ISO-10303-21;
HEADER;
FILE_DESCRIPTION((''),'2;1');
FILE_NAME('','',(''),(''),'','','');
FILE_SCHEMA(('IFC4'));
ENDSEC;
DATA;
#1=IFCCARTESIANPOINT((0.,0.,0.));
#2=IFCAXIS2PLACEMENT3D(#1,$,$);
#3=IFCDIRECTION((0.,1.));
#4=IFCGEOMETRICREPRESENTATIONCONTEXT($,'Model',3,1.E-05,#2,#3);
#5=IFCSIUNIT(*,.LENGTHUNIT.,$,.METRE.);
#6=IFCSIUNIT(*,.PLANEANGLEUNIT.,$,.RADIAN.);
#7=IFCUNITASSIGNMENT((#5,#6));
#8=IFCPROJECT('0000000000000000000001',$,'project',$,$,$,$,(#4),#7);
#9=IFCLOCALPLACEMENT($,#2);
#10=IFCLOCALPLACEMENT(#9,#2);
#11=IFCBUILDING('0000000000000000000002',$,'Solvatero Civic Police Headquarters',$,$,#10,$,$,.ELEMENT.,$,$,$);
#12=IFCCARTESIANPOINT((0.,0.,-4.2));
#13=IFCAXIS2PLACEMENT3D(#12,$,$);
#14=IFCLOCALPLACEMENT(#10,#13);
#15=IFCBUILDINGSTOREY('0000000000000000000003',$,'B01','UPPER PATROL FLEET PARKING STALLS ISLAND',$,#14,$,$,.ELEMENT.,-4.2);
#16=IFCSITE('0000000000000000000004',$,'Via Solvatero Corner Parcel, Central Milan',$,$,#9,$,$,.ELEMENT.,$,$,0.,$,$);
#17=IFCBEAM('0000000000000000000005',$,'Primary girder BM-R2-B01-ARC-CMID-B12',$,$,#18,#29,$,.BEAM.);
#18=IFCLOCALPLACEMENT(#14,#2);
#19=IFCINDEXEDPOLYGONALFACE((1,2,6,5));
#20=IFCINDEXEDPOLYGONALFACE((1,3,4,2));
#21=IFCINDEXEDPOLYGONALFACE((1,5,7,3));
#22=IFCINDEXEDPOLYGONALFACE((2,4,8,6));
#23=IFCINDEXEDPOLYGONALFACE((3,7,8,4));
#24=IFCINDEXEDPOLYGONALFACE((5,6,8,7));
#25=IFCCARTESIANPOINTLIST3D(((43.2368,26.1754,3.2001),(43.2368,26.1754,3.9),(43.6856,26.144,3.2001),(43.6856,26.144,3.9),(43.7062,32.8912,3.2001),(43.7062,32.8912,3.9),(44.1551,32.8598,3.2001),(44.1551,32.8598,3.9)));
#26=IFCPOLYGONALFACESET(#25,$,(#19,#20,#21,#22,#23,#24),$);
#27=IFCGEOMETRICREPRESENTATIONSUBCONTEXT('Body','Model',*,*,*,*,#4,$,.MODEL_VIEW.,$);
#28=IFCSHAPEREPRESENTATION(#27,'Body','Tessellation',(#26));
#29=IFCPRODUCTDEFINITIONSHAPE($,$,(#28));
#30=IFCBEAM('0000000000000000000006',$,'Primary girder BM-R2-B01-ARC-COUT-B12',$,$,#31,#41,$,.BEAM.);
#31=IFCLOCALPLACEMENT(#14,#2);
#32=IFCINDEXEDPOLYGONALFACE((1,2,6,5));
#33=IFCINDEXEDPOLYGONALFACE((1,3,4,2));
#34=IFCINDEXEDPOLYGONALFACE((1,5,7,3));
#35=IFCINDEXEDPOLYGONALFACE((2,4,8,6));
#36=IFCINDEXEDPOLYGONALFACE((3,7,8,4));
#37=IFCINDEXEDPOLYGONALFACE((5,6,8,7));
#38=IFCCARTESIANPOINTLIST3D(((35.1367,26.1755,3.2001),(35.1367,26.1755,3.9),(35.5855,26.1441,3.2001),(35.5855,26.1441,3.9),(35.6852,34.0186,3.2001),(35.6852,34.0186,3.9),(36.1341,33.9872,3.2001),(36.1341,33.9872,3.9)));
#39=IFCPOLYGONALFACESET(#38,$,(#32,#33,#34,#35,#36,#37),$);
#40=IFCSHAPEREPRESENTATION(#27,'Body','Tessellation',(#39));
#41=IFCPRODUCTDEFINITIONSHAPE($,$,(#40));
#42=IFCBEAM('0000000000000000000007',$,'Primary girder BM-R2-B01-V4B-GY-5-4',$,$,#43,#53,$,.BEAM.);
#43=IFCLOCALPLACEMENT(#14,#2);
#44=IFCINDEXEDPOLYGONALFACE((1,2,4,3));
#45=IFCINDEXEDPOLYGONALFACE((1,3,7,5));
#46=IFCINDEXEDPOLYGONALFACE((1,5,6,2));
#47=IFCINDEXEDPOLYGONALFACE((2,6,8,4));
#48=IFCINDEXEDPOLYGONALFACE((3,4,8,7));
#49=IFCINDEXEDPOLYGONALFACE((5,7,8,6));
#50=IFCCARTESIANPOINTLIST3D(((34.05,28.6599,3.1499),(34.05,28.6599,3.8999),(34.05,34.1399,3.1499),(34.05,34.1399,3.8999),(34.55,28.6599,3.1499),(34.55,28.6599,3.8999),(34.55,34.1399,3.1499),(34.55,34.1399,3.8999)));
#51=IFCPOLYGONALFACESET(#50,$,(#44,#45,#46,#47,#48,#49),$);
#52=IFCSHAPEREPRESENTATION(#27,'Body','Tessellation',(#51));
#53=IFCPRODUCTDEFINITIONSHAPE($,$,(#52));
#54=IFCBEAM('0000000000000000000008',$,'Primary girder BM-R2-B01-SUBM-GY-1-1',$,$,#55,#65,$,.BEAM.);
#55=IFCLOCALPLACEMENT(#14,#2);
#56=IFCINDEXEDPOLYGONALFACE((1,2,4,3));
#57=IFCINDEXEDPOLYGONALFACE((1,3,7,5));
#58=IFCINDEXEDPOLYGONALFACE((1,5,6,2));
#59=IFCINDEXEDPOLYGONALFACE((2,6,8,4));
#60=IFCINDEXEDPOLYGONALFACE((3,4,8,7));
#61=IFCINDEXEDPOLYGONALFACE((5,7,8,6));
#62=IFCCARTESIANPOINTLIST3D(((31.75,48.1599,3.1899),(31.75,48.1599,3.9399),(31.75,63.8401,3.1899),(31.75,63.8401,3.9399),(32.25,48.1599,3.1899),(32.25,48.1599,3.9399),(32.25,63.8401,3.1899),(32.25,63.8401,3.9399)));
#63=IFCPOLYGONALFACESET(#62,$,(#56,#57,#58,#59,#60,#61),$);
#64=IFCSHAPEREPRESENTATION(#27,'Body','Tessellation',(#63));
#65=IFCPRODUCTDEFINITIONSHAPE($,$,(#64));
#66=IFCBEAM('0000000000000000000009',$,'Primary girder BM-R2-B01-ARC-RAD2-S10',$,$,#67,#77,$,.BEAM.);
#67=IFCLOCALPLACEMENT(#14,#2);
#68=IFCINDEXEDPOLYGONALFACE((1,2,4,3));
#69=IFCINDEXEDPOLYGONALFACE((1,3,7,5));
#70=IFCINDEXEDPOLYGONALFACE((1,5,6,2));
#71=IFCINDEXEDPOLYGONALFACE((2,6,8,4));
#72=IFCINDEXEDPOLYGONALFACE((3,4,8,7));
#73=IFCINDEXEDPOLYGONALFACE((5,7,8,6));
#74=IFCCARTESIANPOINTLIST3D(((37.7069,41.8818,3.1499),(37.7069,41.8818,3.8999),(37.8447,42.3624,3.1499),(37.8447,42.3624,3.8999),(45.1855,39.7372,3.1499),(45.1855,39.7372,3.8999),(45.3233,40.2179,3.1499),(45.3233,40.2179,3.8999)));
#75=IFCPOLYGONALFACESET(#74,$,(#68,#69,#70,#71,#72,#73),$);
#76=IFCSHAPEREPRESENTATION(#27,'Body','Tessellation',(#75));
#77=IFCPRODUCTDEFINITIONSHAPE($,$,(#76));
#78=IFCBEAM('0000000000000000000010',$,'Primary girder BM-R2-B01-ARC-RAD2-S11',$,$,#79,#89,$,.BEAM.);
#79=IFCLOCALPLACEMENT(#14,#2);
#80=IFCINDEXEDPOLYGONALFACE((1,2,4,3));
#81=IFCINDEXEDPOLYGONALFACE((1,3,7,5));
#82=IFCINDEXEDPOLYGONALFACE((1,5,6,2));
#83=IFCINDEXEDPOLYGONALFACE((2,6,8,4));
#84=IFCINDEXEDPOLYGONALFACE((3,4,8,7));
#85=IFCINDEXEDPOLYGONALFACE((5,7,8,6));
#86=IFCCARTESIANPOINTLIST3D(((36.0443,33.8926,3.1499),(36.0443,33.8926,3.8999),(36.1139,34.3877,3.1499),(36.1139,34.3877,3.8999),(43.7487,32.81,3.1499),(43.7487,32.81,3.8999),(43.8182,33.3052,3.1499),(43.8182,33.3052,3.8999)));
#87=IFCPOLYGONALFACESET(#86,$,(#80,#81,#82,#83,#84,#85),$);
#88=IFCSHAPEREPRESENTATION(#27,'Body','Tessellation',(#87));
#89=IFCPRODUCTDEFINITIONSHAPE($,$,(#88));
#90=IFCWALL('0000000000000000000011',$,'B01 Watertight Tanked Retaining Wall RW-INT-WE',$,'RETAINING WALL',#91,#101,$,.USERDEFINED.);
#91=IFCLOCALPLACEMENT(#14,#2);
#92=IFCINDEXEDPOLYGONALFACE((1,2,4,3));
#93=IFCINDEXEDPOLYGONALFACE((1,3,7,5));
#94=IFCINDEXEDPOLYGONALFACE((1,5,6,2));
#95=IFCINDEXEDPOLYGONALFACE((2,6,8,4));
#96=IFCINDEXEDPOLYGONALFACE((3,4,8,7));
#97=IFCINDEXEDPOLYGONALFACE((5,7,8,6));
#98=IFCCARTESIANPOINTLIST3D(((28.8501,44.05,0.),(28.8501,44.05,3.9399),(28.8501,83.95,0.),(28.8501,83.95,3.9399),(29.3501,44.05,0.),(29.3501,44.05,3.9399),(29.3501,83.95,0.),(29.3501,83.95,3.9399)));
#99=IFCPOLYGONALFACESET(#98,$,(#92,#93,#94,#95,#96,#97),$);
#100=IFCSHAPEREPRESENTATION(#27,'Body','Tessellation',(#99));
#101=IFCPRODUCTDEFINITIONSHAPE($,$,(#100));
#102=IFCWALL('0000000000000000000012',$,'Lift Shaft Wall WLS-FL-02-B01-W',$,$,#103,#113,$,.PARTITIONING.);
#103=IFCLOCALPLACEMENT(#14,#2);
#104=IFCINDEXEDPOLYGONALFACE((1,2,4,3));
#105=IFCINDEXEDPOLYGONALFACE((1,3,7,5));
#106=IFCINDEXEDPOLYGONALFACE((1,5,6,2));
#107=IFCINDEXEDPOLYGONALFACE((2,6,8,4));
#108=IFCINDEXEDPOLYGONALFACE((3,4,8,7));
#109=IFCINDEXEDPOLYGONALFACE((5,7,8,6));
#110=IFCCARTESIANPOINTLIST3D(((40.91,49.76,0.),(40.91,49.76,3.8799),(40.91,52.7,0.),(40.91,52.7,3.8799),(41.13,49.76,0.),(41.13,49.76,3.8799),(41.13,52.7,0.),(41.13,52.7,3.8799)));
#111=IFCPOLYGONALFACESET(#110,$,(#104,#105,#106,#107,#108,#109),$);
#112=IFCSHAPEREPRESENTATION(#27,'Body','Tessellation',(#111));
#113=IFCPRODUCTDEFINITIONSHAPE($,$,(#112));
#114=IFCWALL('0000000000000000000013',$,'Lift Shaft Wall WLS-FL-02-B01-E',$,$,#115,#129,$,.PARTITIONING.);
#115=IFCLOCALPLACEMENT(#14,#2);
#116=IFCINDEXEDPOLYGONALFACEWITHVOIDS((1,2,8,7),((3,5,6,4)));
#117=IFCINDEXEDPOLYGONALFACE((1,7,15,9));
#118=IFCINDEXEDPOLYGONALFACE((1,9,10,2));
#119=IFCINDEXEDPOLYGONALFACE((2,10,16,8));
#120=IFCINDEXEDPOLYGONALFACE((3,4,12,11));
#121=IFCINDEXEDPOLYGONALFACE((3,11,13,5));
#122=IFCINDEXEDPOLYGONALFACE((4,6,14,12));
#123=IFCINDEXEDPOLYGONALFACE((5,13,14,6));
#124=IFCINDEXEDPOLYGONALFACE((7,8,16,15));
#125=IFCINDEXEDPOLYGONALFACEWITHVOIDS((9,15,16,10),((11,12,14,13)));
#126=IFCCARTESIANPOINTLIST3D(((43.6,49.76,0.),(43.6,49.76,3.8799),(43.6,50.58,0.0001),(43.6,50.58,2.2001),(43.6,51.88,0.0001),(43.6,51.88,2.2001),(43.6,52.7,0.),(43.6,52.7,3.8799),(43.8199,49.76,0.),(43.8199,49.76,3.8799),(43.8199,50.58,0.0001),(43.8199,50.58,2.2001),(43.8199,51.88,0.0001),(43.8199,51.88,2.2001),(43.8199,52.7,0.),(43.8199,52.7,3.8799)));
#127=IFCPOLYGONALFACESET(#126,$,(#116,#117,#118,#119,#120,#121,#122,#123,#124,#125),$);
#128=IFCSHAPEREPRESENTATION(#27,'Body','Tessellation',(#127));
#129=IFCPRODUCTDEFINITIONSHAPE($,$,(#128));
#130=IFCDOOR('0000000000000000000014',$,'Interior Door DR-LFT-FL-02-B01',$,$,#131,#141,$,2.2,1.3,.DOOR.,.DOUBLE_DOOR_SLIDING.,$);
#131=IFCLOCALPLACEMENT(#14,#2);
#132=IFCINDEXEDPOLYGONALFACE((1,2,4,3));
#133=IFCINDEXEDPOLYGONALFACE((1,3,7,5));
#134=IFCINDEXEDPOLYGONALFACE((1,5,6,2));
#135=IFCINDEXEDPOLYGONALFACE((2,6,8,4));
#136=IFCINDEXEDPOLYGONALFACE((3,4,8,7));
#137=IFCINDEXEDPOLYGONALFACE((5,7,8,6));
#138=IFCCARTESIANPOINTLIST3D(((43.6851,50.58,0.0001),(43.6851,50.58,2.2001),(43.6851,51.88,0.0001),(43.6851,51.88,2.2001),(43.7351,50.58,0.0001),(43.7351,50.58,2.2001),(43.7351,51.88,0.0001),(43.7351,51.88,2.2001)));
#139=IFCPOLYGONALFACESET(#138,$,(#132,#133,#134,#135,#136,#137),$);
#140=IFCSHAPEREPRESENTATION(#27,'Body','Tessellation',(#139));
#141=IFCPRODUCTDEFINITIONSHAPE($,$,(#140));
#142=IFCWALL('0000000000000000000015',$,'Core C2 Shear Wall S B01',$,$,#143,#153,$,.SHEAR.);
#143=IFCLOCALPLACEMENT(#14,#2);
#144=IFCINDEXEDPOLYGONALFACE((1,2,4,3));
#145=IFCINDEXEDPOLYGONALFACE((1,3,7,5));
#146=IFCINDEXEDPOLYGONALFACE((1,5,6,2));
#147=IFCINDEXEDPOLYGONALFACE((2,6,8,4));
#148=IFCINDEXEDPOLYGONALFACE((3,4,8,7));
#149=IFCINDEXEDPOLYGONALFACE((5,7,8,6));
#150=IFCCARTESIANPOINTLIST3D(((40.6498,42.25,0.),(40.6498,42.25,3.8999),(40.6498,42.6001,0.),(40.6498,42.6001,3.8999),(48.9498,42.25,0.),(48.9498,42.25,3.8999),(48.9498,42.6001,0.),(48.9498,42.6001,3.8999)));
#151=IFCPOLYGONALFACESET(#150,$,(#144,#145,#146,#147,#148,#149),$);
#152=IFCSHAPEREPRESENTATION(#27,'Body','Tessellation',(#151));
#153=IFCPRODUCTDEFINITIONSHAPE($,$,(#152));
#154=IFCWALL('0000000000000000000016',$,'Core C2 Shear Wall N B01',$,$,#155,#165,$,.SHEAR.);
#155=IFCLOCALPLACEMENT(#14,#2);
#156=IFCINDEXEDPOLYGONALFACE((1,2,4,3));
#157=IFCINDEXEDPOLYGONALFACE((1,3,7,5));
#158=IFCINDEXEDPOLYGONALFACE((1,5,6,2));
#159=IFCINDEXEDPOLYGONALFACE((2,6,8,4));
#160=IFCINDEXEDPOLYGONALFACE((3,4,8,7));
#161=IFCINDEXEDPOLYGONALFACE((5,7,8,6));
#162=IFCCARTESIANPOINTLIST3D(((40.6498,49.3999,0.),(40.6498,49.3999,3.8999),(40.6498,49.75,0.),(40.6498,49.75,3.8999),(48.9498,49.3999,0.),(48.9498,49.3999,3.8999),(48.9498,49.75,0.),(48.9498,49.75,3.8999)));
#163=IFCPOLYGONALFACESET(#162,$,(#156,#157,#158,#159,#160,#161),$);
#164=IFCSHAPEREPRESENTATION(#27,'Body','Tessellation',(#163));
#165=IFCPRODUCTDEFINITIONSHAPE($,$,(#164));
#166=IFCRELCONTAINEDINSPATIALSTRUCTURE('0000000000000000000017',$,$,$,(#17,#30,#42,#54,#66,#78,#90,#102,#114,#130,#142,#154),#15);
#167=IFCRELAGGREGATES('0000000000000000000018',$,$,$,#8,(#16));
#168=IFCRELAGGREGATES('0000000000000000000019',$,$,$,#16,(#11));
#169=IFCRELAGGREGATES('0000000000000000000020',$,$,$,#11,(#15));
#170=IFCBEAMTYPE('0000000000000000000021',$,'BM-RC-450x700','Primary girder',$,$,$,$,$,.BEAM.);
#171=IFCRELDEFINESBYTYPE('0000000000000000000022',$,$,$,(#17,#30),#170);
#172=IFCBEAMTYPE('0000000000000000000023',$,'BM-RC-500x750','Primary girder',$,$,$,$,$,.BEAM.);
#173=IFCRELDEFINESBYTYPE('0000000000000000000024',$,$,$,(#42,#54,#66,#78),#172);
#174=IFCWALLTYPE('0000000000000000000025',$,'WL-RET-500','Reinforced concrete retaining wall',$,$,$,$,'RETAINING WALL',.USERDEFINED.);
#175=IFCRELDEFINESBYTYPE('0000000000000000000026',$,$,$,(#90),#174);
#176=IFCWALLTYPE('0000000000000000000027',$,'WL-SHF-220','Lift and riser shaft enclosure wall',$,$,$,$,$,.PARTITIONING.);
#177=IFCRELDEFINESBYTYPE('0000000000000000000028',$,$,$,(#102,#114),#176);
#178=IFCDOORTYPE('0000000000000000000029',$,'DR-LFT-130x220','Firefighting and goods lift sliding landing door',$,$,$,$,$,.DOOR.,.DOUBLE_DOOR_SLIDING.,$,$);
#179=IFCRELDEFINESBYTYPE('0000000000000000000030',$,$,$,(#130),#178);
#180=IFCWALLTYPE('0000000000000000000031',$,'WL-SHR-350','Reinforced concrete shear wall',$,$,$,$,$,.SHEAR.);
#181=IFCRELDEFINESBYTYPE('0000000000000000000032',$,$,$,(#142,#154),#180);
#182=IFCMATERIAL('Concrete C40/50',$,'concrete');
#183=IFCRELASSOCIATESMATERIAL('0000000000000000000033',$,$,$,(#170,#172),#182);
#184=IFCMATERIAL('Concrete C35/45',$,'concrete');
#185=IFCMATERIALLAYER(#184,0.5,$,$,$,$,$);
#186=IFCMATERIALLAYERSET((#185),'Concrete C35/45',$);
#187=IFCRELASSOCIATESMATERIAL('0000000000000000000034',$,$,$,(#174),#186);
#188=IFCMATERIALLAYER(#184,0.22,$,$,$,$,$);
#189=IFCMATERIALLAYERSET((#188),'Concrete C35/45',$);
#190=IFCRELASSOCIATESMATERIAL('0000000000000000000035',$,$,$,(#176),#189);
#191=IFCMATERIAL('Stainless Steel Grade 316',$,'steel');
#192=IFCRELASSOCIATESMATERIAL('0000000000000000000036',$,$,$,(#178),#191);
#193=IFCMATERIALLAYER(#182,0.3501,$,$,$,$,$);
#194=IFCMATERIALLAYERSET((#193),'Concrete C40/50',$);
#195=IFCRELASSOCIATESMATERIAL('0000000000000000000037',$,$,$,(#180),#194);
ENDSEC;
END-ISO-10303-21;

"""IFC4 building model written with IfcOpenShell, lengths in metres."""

from ifc_helpers import new_model, si_unit, direction, frame, frame_2d, origin, origin_2d, place, context, subcontext, project, spatial, rectangle, extrude, material, layer, layer_set, material_profile, profile_set, type_object, element, fill, save


model = new_model("IFC4")

# Units and contexts
model_context = context("Model", 3, precision=1e-05, world=origin(), true_north=direction((0.0, 1.0)))
body_context = subcontext(model_context, "Body", "Model", "MODEL_VIEW")
ifc_project = project(units=[si_unit("LENGTHUNIT", "METRE"), si_unit("PLANEANGLEUNIT", "RADIAN")], contexts=[model_context])

# Site, building, storey
site_placement = place(None, origin())
site = spatial("IfcSite", under=ifc_project, at=site_placement, Name="Via Solvatero Corner Parcel, Central Milan", CompositionType="ELEMENT", RefElevation=0.0)
building_placement = place(site_placement, origin())
building = spatial("IfcBuilding", under=site, at=building_placement, Name="Solvatero Civic Police Headquarters", CompositionType="ELEMENT")
storey_placement = place(building_placement, frame((0.0, 0.0, -4.2)))
storey = spatial("IfcBuildingStorey", under=building, at=storey_placement, Name="B01", Description="UPPER PATROL FLEET PARKING STALLS ISLAND", CompositionType="ELEMENT", Elevation=-4.2)

# Shared definitions
ifc_material_1 = material(Name="Concrete C40/50", Category="concrete")

# Beams
ifc_material_profile_1 = material_profile(ifc_material_1, rectangle(XDim=0.45, YDim=0.7, at=origin_2d()), Name="RC 450x700")
ifc_profile_set_1 = profile_set([ifc_material_profile_1], Name="Concrete C40/50")
beam_type_1 = type_object("IfcBeamType", Name="BM-RC-450x700", Description="Primary girder", PredefinedType="BEAM", material=ifc_profile_set_1)
beam_1_placement = place(storey_placement, frame((43.9307, 32.8755, 3.55), z_axis=(-0.069737, -0.997565, 0.0), x_axis=(0.997565, -0.069737, 0.0)))
element("IfcBeam", 1, at=beam_1_placement, inside=storey, type_object=beam_type_1, Name="Primary girder BM-R2-B01-ARC-CMID-B12", PredefinedType="BEAM", context=body_context, shape_type="SweptSolid", body=[
    extrude(rectangle(XDim=0.45, YDim=0.7, at=origin_2d()), origin(), (0.0, 0.0, 1.0), 6.7322),
])
beam_2_placement = place(storey_placement, frame((35.9097, 34.0029, 3.55), z_axis=(-0.069773, -0.997563, 0.0), x_axis=(0.997563, -0.069773, 0.0)))
element("IfcBeam", 2, at=beam_2_placement, inside=storey, type_object=beam_type_1, Name="Primary girder BM-R2-B01-ARC-COUT-B12", PredefinedType="BEAM", context=body_context, shape_type="SweptSolid", body=[
    extrude(rectangle(XDim=0.45, YDim=0.7, at=origin_2d()), origin(), (0.0, 0.0, 1.0), 7.8623),
])
ifc_material_profile_2 = material_profile(ifc_material_1, rectangle(XDim=0.5, YDim=0.75, at=origin_2d()), Name="RC 500x750")
ifc_profile_set_2 = profile_set([ifc_material_profile_2], Name="Concrete C40/50")
beam_type_2 = type_object("IfcBeamType", Name="BM-RC-500x750", Description="Primary girder", PredefinedType="BEAM", material=ifc_profile_set_2)
beam_3_placement = place(storey_placement, frame((34.3, 28.6599, 3.5249), z_axis=(0.0, 1.0, 0.0), x_axis=(-1.0, 0.0, 0.0)))
element("IfcBeam", 3, at=beam_3_placement, inside=storey, type_object=beam_type_2, Name="Primary girder BM-R2-B01-V4B-GY-5-4", PredefinedType="BEAM", context=body_context, shape_type="SweptSolid", body=[
    extrude(rectangle(XDim=0.5, YDim=0.75, at=origin_2d()), origin(), (0.0, 0.0, 1.0), 5.48),
])
beam_4_placement = place(storey_placement, frame((32.0, 48.1599, 3.5649), z_axis=(0.0, 1.0, 0.0), x_axis=(-1.0, 0.0, 0.0)))
element("IfcBeam", 4, at=beam_4_placement, inside=storey, type_object=beam_type_2, Name="Primary girder BM-R2-B01-SUBM-GY-1-1", PredefinedType="BEAM", context=body_context, shape_type="SweptSolid", body=[
    extrude(rectangle(XDim=0.5, YDim=0.75, at=origin_2d()), origin(), (0.0, 0.0, 1.0), 15.6802),
])
for number, where, z_axis, x_axis, name in (
    (5, (45.2544, 39.9775, 3.5249), (-0.961258, 0.275649, 0.0), (-0.275649, -0.961258, 0.0), "Primary girder BM-R2-B01-ARC-RAD2-S10"),
    (6, (43.7834, 33.0576, 3.5249), (-0.990273, 0.139141, 0.0), (-0.139141, -0.990273, 0.0), "Primary girder BM-R2-B01-ARC-RAD2-S11"),
):
    element("IfcBeam", number, at=place(storey_placement, frame(where, z_axis=z_axis, x_axis=x_axis)), inside=storey, type_object=beam_type_2, Name=name, PredefinedType="BEAM", context=body_context, shape_type="SweptSolid", body=[
        extrude(rectangle(XDim=0.5, YDim=0.75, at=origin_2d()), origin(), (0.0, 0.0, 1.0), 7.78),
    ])

# Walls
ifc_material_2 = material(Name="Concrete C35/45", Category="concrete")
ifc_layer_1 = layer(ifc_material_2, 0.5)
ifc_layer_set_1 = layer_set([ifc_layer_1], Name="Concrete C35/45")
wall_type_1 = type_object("IfcWallType", Name="WL-RET-500", Description="Reinforced concrete retaining wall", ElementType="RETAINING WALL", PredefinedType="USERDEFINED", material=ifc_layer_set_1)
wall_1_placement = place(storey_placement, frame((29.1001, 44.05, 0.0), z_axis=(0.0, 0.0, 1.0), x_axis=(0.0, 1.0, 0.0)))
element("IfcWall", 7, at=wall_1_placement, inside=storey, type_object=wall_type_1, Name="B01 Watertight Tanked Retaining Wall RW-INT-WE", ObjectType="RETAINING WALL", PredefinedType="USERDEFINED", context=body_context, shape_type="SweptSolid", body=[
    extrude(rectangle(XDim=39.8999, YDim=0.5, at=frame_2d((19.95, 0.0))), origin(), (0.0, 0.0, 1.0), 3.9399),
])
ifc_layer_2 = layer(ifc_material_2, 0.22)
ifc_layer_set_2 = layer_set([ifc_layer_2], Name="Concrete C35/45")
wall_type_2 = type_object("IfcWallType", Name="WL-SHF-220", Description="Lift and riser shaft enclosure wall", PredefinedType="PARTITIONING", material=ifc_layer_set_2)
wall_2_placement = place(storey_placement, frame((41.02, 49.76, 0.0), z_axis=(0.0, 0.0, 1.0), x_axis=(0.0, 1.0, 0.0)))
element("IfcWall", 8, at=wall_2_placement, inside=storey, type_object=wall_type_2, Name="Lift Shaft Wall WLS-FL-02-B01-W", PredefinedType="PARTITIONING", context=body_context, shape_type="SweptSolid", body=[
    extrude(rectangle(XDim=2.9399, YDim=0.22, at=frame_2d((1.47, 0.0))), origin(), (0.0, 0.0, 1.0), 3.8799),
])

# Wall, opening, door
wall_3_placement = place(storey_placement, frame((43.71, 49.76, 0.0), z_axis=(0.0, 0.0, 1.0), x_axis=(0.0, 1.0, 0.0)))
wall_3 = element("IfcWall", 9, at=wall_3_placement, inside=storey, type_object=wall_type_2, Name="Lift Shaft Wall WLS-FL-02-B01-E", PredefinedType="PARTITIONING", context=body_context, shape_type="SweptSolid", body=[
    extrude(rectangle(XDim=2.9399, YDim=0.22, at=frame_2d((1.47, 0.0))), origin(), (0.0, 0.0, 1.0), 3.8799),
])
opening_1_placement = place(wall_3_placement, frame((0.8201, 0.0, 0.0)))
opening_1 = element("IfcOpeningElement", 10, at=opening_1_placement, cuts=wall_3, PredefinedType="OPENING", context=body_context, shape_type="SweptSolid", body=[
    extrude(rectangle(XDim=1.3, YDim=2.2, at=frame_2d((0.6499, 1.1001))), frame((0.0, 0.1199, 0.0), z_axis=(0.0, -1.0, 0.0), x_axis=(1.0, 0.0, 0.0)), (0.0, 0.0, 1.0), 0.24),
])
ifc_material_3 = material(Name="Stainless Steel Grade 316", Category="steel")
door_type_1 = type_object("IfcDoorType", Name="DR-LFT-130x220", Description="Firefighting and goods lift sliding landing door", OperationType="DOUBLE_DOOR_SLIDING", PredefinedType="DOOR", material=ifc_material_3)
door_1_placement = place(opening_1_placement, origin())
door_1 = element("IfcDoor", 11, at=door_1_placement, inside=storey, type_object=door_type_1, Name="Interior Door DR-LFT-FL-02-B01", OperationType="DOUBLE_DOOR_SLIDING", OverallHeight=2.2, OverallWidth=1.3, PredefinedType="DOOR", context=body_context, shape_type="SweptSolid", body=[
    extrude(rectangle(XDim=1.3, YDim=2.2, at=frame_2d((0.6499, 1.1001))), frame((0.0, 0.0249, 0.0), z_axis=(0.0, -1.0, 0.0), x_axis=(1.0, 0.0, 0.0)), (0.0, 0.0, 1.0), 0.05),
])
fill(opening_1, door_1)

# Walls
ifc_layer_3 = layer(ifc_material_1, 0.3501)
ifc_layer_set_3 = layer_set([ifc_layer_3], Name="Concrete C40/50")
wall_type_3 = type_object("IfcWallType", Name="WL-SHR-350", Description="Reinforced concrete shear wall", PredefinedType="SHEAR", material=ifc_layer_set_3)
for number, where, z_axis, x_axis, name in (
    (12, (40.6499, 42.425, 0.0), (0.0, 0.0, 1.0), (1.0, 0.0, 0.0), "Core C2 Shear Wall S B01"),
    (13, (40.6499, 49.575, 0.0), (0.0, 0.0, 1.0), (1.0, 0.0, 0.0), "Core C2 Shear Wall N B01"),
):
    element("IfcWall", number, at=place(storey_placement, frame(where, z_axis=z_axis, x_axis=x_axis)), inside=storey, type_object=wall_type_3, Name=name, PredefinedType="SHEAR", context=body_context, shape_type="SweptSolid", body=[
        extrude(rectangle(XDim=8.3, YDim=0.3501, at=frame_2d((4.1499, 0.0))), origin(), (0.0, 0.0, 1.0), 3.8999),
    ])

save(model, "model.ifc")
